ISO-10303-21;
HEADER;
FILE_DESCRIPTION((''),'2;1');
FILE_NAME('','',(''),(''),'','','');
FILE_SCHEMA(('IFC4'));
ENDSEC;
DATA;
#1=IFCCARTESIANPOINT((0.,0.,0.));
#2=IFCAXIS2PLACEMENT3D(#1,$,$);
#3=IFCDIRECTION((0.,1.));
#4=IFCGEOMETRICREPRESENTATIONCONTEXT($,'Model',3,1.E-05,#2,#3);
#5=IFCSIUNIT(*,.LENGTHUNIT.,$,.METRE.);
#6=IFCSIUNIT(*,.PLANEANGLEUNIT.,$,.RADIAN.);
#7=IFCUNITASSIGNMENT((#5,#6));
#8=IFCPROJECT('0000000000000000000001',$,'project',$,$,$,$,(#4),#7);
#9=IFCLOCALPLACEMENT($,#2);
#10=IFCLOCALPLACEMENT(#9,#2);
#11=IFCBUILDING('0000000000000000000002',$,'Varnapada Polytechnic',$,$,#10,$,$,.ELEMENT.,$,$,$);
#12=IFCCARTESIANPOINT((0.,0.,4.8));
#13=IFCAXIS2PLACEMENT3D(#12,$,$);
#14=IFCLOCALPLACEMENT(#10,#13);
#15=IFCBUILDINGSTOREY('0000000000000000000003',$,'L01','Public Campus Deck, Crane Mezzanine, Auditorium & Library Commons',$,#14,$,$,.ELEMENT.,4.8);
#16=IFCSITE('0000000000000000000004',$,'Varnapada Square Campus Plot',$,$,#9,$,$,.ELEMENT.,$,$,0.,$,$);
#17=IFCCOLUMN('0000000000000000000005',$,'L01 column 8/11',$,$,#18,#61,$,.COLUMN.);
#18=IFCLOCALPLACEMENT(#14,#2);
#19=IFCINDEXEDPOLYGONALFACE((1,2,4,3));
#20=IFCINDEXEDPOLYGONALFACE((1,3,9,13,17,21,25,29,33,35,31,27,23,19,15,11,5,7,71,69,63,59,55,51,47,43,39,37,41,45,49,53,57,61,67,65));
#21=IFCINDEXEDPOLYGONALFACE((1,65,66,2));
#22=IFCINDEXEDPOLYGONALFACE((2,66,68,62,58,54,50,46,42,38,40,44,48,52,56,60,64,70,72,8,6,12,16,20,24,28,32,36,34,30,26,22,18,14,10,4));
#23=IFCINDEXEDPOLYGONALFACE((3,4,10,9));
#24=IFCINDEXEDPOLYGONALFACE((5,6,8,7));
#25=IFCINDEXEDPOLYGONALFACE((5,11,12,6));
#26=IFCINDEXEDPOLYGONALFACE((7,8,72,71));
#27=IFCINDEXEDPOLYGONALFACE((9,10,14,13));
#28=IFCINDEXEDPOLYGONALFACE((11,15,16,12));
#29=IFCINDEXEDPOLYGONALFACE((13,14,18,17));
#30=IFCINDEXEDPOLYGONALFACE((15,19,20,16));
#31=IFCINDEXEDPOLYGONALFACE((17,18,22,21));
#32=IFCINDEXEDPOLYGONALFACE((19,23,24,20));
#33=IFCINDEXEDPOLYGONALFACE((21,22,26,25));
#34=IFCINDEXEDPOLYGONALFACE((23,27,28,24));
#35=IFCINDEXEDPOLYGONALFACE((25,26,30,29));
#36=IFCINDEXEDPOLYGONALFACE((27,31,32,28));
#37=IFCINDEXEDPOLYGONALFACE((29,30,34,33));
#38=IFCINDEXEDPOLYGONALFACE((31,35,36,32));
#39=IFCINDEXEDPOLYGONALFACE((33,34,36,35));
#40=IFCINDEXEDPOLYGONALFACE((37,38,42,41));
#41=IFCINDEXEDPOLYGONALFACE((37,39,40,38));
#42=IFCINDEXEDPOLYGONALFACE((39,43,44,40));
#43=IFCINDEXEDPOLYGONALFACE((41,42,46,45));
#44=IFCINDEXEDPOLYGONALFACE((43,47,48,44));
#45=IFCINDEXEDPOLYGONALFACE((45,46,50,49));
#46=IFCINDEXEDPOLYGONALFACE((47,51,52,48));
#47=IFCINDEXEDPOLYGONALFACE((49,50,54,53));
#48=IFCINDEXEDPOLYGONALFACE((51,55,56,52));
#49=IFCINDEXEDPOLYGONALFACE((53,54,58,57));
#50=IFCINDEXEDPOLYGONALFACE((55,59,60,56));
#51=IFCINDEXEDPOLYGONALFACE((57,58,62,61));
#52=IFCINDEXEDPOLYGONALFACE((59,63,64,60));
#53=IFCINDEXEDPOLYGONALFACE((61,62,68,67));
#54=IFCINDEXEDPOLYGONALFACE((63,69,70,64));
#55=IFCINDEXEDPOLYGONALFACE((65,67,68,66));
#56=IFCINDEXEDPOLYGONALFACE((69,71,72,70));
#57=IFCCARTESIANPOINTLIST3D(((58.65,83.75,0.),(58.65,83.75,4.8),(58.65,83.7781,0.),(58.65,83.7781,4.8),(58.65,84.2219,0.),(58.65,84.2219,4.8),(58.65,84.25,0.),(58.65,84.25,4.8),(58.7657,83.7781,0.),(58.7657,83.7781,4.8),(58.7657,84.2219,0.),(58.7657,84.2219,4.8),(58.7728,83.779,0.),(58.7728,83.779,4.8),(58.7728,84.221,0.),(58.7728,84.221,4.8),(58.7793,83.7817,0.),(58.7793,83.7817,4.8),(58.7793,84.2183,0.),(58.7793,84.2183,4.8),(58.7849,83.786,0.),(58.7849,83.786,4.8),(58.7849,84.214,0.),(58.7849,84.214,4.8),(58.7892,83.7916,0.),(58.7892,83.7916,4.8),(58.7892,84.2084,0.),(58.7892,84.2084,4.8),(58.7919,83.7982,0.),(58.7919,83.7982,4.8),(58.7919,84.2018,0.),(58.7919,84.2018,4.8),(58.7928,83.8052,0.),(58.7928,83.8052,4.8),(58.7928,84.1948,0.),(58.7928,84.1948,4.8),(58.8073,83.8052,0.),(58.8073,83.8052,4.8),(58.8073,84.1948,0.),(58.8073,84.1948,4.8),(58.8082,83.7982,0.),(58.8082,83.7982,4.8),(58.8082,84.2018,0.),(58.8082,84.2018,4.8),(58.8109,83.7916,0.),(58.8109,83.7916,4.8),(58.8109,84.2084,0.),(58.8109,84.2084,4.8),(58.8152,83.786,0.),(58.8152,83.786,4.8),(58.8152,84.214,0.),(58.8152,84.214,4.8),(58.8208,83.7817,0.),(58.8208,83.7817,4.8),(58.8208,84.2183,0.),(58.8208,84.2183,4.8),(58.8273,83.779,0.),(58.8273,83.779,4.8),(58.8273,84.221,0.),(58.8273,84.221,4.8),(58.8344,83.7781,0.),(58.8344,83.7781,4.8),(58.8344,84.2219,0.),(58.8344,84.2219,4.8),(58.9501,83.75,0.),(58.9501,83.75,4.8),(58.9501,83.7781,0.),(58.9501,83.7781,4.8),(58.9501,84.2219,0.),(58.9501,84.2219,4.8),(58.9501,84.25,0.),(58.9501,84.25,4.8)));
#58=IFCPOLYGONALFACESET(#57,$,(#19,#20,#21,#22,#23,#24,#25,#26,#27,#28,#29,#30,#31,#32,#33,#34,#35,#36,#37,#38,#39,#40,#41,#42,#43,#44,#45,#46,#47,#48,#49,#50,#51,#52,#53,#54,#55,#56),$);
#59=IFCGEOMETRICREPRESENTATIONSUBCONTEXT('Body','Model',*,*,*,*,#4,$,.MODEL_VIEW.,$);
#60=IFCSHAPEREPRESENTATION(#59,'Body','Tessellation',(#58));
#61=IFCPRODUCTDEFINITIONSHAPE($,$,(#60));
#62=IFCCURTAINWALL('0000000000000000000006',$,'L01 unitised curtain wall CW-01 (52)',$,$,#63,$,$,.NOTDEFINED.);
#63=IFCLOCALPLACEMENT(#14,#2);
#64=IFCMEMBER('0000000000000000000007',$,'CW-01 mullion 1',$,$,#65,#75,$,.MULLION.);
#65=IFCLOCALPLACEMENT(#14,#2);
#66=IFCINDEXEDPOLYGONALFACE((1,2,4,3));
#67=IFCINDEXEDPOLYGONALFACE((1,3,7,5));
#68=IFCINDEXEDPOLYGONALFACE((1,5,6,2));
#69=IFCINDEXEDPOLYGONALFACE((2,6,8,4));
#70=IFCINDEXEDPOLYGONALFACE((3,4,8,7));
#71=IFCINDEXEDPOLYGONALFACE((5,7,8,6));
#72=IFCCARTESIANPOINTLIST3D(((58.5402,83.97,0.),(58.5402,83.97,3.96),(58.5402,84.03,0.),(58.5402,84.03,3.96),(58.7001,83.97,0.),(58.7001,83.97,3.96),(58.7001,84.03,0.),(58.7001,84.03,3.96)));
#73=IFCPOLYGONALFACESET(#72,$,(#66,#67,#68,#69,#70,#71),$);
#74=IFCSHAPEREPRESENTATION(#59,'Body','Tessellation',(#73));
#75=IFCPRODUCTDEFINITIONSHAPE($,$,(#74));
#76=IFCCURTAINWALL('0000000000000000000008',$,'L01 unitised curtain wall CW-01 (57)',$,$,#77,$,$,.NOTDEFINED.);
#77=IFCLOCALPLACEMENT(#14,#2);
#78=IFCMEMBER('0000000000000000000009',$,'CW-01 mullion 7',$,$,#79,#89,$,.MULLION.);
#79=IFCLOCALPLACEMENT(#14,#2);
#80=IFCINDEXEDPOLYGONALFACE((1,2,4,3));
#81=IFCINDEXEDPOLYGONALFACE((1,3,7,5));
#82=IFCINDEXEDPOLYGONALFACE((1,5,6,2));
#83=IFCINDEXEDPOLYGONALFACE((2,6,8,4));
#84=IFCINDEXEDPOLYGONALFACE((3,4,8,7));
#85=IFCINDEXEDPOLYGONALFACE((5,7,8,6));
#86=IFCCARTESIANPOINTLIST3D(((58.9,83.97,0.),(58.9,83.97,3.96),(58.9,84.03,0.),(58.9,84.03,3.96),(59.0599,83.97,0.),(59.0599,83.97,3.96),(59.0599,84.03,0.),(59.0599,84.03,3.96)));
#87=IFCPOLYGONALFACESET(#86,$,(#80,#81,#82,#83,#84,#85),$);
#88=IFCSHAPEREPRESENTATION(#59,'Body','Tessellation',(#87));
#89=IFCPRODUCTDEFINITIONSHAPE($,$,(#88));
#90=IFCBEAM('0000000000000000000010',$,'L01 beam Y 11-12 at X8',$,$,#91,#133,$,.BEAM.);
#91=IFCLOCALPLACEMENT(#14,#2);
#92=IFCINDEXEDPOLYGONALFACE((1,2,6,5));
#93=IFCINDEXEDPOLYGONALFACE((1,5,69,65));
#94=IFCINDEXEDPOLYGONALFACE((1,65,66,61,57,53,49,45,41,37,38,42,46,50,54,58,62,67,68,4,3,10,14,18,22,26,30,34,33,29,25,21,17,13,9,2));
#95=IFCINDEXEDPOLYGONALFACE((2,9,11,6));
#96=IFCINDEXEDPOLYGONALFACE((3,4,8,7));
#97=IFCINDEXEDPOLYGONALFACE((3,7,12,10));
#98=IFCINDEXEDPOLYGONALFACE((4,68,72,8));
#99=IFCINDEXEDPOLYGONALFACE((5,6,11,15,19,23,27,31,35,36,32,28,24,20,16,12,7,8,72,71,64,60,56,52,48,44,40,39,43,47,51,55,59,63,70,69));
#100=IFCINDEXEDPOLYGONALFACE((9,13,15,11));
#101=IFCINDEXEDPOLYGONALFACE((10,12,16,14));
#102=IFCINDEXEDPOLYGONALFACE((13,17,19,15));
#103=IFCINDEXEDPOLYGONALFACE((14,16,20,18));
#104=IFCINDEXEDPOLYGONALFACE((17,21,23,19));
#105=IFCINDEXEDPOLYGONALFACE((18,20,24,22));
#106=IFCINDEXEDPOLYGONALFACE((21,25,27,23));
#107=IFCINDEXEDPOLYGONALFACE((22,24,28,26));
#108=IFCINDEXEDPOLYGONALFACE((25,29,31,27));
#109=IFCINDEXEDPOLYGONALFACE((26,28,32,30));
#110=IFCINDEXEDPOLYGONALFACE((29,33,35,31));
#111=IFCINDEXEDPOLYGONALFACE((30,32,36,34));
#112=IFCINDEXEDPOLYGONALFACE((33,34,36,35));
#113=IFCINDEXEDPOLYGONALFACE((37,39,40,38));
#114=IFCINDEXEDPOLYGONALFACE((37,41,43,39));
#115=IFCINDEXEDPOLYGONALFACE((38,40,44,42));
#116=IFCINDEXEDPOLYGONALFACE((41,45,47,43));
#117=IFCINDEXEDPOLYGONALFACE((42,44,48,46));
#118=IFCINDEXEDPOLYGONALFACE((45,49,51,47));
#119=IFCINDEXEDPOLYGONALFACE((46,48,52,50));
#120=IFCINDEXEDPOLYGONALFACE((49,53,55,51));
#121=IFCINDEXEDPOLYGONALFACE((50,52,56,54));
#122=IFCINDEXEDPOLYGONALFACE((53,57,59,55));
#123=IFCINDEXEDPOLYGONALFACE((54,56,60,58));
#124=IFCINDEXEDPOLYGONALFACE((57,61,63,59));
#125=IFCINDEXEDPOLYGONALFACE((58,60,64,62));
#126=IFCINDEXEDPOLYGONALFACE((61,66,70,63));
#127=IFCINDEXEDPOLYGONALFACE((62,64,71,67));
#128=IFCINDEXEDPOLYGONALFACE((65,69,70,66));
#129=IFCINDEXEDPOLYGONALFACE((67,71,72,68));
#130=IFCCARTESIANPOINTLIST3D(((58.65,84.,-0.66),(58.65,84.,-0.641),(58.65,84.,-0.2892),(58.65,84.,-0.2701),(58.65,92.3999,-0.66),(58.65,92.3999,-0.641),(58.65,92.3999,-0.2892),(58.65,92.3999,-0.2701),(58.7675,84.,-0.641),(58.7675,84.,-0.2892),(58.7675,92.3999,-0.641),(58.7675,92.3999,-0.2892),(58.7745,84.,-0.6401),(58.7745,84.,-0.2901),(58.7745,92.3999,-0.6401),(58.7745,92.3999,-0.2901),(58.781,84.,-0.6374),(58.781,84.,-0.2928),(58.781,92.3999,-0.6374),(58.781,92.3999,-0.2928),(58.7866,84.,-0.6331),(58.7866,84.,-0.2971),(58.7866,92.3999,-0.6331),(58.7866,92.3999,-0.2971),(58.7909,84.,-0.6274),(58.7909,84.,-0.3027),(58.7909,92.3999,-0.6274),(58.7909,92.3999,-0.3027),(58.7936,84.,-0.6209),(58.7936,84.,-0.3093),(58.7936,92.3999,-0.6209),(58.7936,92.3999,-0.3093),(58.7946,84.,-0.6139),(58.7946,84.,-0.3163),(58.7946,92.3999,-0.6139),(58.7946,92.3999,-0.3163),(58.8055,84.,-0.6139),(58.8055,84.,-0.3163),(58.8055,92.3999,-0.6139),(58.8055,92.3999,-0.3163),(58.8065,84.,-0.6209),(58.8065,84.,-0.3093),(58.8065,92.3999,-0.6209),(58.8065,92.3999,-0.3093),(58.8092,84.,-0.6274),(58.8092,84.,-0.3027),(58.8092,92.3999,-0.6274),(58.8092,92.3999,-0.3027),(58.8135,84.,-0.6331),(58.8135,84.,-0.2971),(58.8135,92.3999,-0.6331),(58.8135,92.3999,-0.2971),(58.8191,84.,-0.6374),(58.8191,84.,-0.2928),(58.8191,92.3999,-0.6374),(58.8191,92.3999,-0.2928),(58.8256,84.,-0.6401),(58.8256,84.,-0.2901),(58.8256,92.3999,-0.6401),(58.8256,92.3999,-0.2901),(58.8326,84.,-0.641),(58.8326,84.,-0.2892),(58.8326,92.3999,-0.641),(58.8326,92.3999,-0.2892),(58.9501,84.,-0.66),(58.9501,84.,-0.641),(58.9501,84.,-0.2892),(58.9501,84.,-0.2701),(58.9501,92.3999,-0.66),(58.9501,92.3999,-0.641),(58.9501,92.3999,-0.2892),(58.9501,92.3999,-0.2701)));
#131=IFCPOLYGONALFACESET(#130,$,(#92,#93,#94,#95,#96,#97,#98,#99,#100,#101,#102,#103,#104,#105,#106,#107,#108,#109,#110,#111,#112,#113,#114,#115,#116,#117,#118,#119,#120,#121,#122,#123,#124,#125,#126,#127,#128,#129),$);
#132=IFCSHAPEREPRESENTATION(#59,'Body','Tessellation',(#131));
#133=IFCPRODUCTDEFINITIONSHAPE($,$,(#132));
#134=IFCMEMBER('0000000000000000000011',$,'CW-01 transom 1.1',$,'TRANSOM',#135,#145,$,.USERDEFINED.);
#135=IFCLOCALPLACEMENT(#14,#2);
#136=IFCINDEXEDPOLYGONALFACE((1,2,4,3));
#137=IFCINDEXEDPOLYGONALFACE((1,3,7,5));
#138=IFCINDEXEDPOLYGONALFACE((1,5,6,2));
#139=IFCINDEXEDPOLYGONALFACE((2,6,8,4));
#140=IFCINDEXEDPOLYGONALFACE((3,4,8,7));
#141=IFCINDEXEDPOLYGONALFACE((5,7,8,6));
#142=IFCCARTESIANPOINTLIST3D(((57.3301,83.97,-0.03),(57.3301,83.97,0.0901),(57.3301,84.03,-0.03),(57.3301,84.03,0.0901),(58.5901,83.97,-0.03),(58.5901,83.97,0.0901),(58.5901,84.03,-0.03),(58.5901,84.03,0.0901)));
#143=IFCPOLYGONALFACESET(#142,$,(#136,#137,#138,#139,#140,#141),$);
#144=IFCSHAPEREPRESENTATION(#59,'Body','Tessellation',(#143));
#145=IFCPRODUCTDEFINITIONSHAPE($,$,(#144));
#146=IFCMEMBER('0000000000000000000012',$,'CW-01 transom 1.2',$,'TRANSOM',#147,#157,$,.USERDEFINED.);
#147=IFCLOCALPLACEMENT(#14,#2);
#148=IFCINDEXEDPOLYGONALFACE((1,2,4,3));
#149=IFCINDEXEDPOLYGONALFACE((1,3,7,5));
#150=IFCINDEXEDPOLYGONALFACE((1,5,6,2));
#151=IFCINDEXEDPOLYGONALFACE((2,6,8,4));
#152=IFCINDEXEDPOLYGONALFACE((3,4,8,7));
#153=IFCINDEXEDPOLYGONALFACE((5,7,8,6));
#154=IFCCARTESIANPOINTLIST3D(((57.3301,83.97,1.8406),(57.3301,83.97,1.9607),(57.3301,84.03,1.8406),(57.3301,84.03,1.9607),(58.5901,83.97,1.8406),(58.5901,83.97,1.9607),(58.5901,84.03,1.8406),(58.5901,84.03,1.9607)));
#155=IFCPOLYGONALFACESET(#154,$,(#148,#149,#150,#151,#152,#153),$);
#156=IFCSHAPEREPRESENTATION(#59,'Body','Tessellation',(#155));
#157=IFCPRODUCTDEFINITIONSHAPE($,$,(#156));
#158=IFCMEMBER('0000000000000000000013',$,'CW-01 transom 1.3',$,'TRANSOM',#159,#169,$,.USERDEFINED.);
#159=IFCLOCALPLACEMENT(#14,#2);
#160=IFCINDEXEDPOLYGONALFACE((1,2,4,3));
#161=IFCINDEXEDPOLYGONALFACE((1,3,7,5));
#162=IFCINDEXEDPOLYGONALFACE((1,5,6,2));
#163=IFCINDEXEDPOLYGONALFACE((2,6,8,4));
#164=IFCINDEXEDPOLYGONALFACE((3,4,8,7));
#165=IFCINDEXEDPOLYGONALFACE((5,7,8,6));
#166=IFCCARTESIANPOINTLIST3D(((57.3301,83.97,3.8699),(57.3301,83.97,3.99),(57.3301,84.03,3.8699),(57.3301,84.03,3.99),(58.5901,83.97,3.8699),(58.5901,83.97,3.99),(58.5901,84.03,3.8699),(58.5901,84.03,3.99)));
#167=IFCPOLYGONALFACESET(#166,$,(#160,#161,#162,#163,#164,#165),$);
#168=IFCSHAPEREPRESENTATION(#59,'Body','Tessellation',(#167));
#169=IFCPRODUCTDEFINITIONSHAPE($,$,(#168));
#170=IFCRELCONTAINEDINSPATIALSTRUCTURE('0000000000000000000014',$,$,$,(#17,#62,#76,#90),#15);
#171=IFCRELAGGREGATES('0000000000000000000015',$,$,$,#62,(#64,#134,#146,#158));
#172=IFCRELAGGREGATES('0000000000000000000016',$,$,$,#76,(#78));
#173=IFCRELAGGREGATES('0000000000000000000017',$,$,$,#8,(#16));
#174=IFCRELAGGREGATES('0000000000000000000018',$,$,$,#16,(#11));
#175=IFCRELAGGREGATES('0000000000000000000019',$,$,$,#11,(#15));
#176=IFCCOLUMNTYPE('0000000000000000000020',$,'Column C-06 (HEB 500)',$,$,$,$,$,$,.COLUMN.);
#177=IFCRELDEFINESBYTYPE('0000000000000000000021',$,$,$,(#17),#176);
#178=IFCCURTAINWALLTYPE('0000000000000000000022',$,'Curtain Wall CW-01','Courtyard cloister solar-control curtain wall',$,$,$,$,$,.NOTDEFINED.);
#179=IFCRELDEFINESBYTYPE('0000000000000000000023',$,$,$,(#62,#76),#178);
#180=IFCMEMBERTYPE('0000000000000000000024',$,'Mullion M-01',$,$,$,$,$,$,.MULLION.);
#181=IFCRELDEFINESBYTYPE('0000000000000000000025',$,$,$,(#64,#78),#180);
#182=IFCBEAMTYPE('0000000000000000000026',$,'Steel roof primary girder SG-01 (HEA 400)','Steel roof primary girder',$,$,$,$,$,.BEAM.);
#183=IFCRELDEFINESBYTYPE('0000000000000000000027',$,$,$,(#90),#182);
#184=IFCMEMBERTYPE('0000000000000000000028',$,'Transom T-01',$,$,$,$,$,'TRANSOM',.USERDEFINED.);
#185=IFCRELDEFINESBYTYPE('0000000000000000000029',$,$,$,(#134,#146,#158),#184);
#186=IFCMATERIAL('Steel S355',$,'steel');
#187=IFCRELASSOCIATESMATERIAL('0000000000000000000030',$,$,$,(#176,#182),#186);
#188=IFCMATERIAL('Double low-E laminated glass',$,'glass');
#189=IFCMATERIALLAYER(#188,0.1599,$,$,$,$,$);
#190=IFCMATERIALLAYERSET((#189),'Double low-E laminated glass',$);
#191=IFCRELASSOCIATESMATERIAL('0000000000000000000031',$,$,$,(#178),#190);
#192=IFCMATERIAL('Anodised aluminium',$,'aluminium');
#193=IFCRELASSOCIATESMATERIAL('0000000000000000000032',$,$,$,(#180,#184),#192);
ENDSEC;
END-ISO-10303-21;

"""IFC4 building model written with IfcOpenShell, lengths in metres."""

from ifc_helpers import new_model, si_unit, direction, frame, origin, origin_2d, place, context, subcontext, project, spatial, rectangle, i_section, extrude, material, layer, layer_set, material_profile, profile_set, type_object, element, aggregate, save


model = new_model("IFC4")

# Units and contexts
model_context = context("Model", 3, precision=1e-05, world=origin(), true_north=direction((0.0, 1.0)))
body_context = subcontext(model_context, "Body", "Model", "MODEL_VIEW")
ifc_project = project(units=[si_unit("LENGTHUNIT", "METRE"), si_unit("PLANEANGLEUNIT", "RADIAN")], contexts=[model_context])

# Site, building, storey
site_placement = place(None, origin())
site = spatial("IfcSite", under=ifc_project, at=site_placement, Name="Varnapada Square Campus Plot", CompositionType="ELEMENT", RefElevation=0.0)
building_placement = place(site_placement, origin())
building = spatial("IfcBuilding", under=site, at=building_placement, Name="Varnapada Polytechnic", CompositionType="ELEMENT")
storey_placement = place(building_placement, frame((0.0, 0.0, 4.8)))
storey = spatial("IfcBuildingStorey", under=building, at=storey_placement, Name="L01", Description="Public Campus Deck, Crane Mezzanine, Auditorium & Library Commons", CompositionType="ELEMENT", Elevation=4.8)

# Column
ifc_material_1 = material(Name="Steel S355", Category="steel")
ifc_material_profile_1 = material_profile(ifc_material_1, i_section(OverallWidth=0.3, OverallDepth=0.5, WebThickness=0.0144, FlangeThickness=0.0281, FilletRadius=0.0271, at=origin_2d()), Name="HEB 500")
ifc_profile_set_1 = profile_set([ifc_material_profile_1], Name="Steel S355")
column_type = type_object("IfcColumnType", Name="Column C-06 (HEB 500)", PredefinedType="COLUMN", material=ifc_profile_set_1)
column_placement = place(storey_placement, frame((58.8, 84.0, 0.0), z_axis=(0.0, 0.0, 1.0), x_axis=(1.0, 0.0, 0.0)))
element("IfcColumn", 1, at=column_placement, inside=storey, type_object=column_type, Name="L01 column 8/11", PredefinedType="COLUMN", context=body_context, shape_type="SweptSolid", body=[
    extrude(i_section(OverallWidth=0.3, OverallDepth=0.5, WebThickness=0.0144, FlangeThickness=0.0281, FilletRadius=0.0271, at=origin_2d()), origin(), (0.0, 0.0, 1.0), 4.8),
])

# Curtain walls, members
ifc_material_2 = material(Name="Double low-E laminated glass", Category="glass")
ifc_layer_1 = layer(ifc_material_2, 0.1599)
ifc_layer_set_1 = layer_set([ifc_layer_1], Name="Double low-E laminated glass")
curtain_wall_type = type_object("IfcCurtainWallType", Name="Curtain Wall CW-01", Description="Courtyard cloister solar-control curtain wall", PredefinedType="NOTDEFINED", material=ifc_layer_set_1)
curtain_wall_1_placement = place(storey_placement, origin())
curtain_wall_1 = element("IfcCurtainWall", 2, at=curtain_wall_1_placement, inside=storey, type_object=curtain_wall_type, Name="L01 unitised curtain wall CW-01 (52)", PredefinedType="NOTDEFINED")
ifc_material_3 = material(Name="Anodised aluminium", Category="aluminium")
ifc_material_profile_2 = material_profile(ifc_material_3, rectangle(XDim=0.0601, YDim=0.1599, at=origin_2d()), Name="ALU M60x160")
ifc_profile_set_2 = profile_set([ifc_material_profile_2], Name="Anodised aluminium")
member_type_1 = type_object("IfcMemberType", Name="Mullion M-01", PredefinedType="MULLION", material=ifc_profile_set_2)
member_1_placement = place(storey_placement, frame((58.6201, 84.0, 0.0), z_axis=(0.0, 0.0, 1.0), x_axis=(0.0, -1.0, 0.0)))
member_1 = element("IfcMember", 3, at=member_1_placement, type_object=member_type_1, Name="CW-01 mullion 1", PredefinedType="MULLION", context=body_context, shape_type="SweptSolid", body=[
    extrude(rectangle(XDim=0.0601, YDim=0.1599, at=origin_2d()), origin(), (0.0, 0.0, 1.0), 3.96),
])
curtain_wall_2_placement = place(storey_placement, origin())
curtain_wall_2 = element("IfcCurtainWall", 4, at=curtain_wall_2_placement, inside=storey, type_object=curtain_wall_type, Name="L01 unitised curtain wall CW-01 (57)", PredefinedType="NOTDEFINED")
member_2_placement = place(storey_placement, frame((58.98, 84.0, 0.0), z_axis=(0.0, 0.0, 1.0), x_axis=(0.0, -1.0, 0.0)))
member_2 = element("IfcMember", 5, at=member_2_placement, type_object=member_type_1, Name="CW-01 mullion 7", PredefinedType="MULLION", context=body_context, shape_type="SweptSolid", body=[
    extrude(rectangle(XDim=0.0601, YDim=0.1599, at=origin_2d()), origin(), (0.0, 0.0, 1.0), 3.96),
])

# Beam
ifc_material_profile_3 = material_profile(ifc_material_1, i_section(OverallWidth=0.3, OverallDepth=0.3899, WebThickness=0.011, FlangeThickness=0.019, FilletRadius=0.0271, at=origin_2d()), Name="HEA 400")
ifc_profile_set_3 = profile_set([ifc_material_profile_3], Name="Steel S355")
beam_type_1 = type_object("IfcBeamType", Name="Steel roof primary girder SG-01 (HEA 400)", Description="Steel roof primary girder", PredefinedType="BEAM", material=ifc_profile_set_3)
beam_1_placement = place(storey_placement, frame((58.8, 84.0, -0.4651), z_axis=(0.0, 1.0, 0.0), x_axis=(-1.0, 0.0, 0.0)))
element("IfcBeam", 6, at=beam_1_placement, inside=storey, type_object=beam_type_1, Name="L01 beam Y 11-12 at X8", PredefinedType="BEAM", context=body_context, shape_type="SweptSolid", body=[
    extrude(i_section(OverallWidth=0.3, OverallDepth=0.3899, WebThickness=0.011, FlangeThickness=0.019, FilletRadius=0.0271, at=origin_2d()), origin(), (0.0, 0.0, 1.0), 8.3999),
])

# Members
ifc_material_profile_4 = material_profile(ifc_material_3, rectangle(XDim=0.0601, YDim=0.1201, at=origin_2d()), Name="ALU T60x120")
ifc_profile_set_4 = profile_set([ifc_material_profile_4], Name="Anodised aluminium")
member_type_2 = type_object("IfcMemberType", Name="Transom T-01", ElementType="TRANSOM", PredefinedType="USERDEFINED", material=ifc_profile_set_4)
member_3_placement = place(storey_placement, frame((58.5901, 84.0, 0.03), z_axis=(-1.0, 0.0, 0.0), x_axis=(0.0, -1.0, 0.0)))
member_3 = element("IfcMember", 7, at=member_3_placement, type_object=member_type_2, Name="CW-01 transom 1.1", ObjectType="TRANSOM", PredefinedType="USERDEFINED", context=body_context, shape_type="SweptSolid", body=[
    extrude(rectangle(XDim=0.0601, YDim=0.1201, at=origin_2d()), origin(), (0.0, 0.0, 1.0), 1.26),
])
member_4_placement = place(storey_placement, frame((58.5901, 84.0, 1.9006), z_axis=(-1.0, 0.0, 0.0), x_axis=(0.0, -1.0, 0.0)))
member_4 = element("IfcMember", 8, at=member_4_placement, type_object=member_type_2, Name="CW-01 transom 1.2", ObjectType="TRANSOM", PredefinedType="USERDEFINED", context=body_context, shape_type="SweptSolid", body=[
    extrude(rectangle(XDim=0.0601, YDim=0.1201, at=origin_2d()), origin(), (0.0, 0.0, 1.0), 1.26),
])
member_5_placement = place(storey_placement, frame((58.5901, 84.0, 3.9299), z_axis=(-1.0, 0.0, 0.0), x_axis=(0.0, -1.0, 0.0)))
member_5 = element("IfcMember", 9, at=member_5_placement, type_object=member_type_2, Name="CW-01 transom 1.3", ObjectType="TRANSOM", PredefinedType="USERDEFINED", context=body_context, shape_type="SweptSolid", body=[
    extrude(rectangle(XDim=0.0601, YDim=0.1201, at=origin_2d()), origin(), (0.0, 0.0, 1.0), 1.26),
])

aggregate(curtain_wall_1, [member_1, member_3, member_4, member_5])
aggregate(curtain_wall_2, [member_2])

save(model, "model.ifc")
